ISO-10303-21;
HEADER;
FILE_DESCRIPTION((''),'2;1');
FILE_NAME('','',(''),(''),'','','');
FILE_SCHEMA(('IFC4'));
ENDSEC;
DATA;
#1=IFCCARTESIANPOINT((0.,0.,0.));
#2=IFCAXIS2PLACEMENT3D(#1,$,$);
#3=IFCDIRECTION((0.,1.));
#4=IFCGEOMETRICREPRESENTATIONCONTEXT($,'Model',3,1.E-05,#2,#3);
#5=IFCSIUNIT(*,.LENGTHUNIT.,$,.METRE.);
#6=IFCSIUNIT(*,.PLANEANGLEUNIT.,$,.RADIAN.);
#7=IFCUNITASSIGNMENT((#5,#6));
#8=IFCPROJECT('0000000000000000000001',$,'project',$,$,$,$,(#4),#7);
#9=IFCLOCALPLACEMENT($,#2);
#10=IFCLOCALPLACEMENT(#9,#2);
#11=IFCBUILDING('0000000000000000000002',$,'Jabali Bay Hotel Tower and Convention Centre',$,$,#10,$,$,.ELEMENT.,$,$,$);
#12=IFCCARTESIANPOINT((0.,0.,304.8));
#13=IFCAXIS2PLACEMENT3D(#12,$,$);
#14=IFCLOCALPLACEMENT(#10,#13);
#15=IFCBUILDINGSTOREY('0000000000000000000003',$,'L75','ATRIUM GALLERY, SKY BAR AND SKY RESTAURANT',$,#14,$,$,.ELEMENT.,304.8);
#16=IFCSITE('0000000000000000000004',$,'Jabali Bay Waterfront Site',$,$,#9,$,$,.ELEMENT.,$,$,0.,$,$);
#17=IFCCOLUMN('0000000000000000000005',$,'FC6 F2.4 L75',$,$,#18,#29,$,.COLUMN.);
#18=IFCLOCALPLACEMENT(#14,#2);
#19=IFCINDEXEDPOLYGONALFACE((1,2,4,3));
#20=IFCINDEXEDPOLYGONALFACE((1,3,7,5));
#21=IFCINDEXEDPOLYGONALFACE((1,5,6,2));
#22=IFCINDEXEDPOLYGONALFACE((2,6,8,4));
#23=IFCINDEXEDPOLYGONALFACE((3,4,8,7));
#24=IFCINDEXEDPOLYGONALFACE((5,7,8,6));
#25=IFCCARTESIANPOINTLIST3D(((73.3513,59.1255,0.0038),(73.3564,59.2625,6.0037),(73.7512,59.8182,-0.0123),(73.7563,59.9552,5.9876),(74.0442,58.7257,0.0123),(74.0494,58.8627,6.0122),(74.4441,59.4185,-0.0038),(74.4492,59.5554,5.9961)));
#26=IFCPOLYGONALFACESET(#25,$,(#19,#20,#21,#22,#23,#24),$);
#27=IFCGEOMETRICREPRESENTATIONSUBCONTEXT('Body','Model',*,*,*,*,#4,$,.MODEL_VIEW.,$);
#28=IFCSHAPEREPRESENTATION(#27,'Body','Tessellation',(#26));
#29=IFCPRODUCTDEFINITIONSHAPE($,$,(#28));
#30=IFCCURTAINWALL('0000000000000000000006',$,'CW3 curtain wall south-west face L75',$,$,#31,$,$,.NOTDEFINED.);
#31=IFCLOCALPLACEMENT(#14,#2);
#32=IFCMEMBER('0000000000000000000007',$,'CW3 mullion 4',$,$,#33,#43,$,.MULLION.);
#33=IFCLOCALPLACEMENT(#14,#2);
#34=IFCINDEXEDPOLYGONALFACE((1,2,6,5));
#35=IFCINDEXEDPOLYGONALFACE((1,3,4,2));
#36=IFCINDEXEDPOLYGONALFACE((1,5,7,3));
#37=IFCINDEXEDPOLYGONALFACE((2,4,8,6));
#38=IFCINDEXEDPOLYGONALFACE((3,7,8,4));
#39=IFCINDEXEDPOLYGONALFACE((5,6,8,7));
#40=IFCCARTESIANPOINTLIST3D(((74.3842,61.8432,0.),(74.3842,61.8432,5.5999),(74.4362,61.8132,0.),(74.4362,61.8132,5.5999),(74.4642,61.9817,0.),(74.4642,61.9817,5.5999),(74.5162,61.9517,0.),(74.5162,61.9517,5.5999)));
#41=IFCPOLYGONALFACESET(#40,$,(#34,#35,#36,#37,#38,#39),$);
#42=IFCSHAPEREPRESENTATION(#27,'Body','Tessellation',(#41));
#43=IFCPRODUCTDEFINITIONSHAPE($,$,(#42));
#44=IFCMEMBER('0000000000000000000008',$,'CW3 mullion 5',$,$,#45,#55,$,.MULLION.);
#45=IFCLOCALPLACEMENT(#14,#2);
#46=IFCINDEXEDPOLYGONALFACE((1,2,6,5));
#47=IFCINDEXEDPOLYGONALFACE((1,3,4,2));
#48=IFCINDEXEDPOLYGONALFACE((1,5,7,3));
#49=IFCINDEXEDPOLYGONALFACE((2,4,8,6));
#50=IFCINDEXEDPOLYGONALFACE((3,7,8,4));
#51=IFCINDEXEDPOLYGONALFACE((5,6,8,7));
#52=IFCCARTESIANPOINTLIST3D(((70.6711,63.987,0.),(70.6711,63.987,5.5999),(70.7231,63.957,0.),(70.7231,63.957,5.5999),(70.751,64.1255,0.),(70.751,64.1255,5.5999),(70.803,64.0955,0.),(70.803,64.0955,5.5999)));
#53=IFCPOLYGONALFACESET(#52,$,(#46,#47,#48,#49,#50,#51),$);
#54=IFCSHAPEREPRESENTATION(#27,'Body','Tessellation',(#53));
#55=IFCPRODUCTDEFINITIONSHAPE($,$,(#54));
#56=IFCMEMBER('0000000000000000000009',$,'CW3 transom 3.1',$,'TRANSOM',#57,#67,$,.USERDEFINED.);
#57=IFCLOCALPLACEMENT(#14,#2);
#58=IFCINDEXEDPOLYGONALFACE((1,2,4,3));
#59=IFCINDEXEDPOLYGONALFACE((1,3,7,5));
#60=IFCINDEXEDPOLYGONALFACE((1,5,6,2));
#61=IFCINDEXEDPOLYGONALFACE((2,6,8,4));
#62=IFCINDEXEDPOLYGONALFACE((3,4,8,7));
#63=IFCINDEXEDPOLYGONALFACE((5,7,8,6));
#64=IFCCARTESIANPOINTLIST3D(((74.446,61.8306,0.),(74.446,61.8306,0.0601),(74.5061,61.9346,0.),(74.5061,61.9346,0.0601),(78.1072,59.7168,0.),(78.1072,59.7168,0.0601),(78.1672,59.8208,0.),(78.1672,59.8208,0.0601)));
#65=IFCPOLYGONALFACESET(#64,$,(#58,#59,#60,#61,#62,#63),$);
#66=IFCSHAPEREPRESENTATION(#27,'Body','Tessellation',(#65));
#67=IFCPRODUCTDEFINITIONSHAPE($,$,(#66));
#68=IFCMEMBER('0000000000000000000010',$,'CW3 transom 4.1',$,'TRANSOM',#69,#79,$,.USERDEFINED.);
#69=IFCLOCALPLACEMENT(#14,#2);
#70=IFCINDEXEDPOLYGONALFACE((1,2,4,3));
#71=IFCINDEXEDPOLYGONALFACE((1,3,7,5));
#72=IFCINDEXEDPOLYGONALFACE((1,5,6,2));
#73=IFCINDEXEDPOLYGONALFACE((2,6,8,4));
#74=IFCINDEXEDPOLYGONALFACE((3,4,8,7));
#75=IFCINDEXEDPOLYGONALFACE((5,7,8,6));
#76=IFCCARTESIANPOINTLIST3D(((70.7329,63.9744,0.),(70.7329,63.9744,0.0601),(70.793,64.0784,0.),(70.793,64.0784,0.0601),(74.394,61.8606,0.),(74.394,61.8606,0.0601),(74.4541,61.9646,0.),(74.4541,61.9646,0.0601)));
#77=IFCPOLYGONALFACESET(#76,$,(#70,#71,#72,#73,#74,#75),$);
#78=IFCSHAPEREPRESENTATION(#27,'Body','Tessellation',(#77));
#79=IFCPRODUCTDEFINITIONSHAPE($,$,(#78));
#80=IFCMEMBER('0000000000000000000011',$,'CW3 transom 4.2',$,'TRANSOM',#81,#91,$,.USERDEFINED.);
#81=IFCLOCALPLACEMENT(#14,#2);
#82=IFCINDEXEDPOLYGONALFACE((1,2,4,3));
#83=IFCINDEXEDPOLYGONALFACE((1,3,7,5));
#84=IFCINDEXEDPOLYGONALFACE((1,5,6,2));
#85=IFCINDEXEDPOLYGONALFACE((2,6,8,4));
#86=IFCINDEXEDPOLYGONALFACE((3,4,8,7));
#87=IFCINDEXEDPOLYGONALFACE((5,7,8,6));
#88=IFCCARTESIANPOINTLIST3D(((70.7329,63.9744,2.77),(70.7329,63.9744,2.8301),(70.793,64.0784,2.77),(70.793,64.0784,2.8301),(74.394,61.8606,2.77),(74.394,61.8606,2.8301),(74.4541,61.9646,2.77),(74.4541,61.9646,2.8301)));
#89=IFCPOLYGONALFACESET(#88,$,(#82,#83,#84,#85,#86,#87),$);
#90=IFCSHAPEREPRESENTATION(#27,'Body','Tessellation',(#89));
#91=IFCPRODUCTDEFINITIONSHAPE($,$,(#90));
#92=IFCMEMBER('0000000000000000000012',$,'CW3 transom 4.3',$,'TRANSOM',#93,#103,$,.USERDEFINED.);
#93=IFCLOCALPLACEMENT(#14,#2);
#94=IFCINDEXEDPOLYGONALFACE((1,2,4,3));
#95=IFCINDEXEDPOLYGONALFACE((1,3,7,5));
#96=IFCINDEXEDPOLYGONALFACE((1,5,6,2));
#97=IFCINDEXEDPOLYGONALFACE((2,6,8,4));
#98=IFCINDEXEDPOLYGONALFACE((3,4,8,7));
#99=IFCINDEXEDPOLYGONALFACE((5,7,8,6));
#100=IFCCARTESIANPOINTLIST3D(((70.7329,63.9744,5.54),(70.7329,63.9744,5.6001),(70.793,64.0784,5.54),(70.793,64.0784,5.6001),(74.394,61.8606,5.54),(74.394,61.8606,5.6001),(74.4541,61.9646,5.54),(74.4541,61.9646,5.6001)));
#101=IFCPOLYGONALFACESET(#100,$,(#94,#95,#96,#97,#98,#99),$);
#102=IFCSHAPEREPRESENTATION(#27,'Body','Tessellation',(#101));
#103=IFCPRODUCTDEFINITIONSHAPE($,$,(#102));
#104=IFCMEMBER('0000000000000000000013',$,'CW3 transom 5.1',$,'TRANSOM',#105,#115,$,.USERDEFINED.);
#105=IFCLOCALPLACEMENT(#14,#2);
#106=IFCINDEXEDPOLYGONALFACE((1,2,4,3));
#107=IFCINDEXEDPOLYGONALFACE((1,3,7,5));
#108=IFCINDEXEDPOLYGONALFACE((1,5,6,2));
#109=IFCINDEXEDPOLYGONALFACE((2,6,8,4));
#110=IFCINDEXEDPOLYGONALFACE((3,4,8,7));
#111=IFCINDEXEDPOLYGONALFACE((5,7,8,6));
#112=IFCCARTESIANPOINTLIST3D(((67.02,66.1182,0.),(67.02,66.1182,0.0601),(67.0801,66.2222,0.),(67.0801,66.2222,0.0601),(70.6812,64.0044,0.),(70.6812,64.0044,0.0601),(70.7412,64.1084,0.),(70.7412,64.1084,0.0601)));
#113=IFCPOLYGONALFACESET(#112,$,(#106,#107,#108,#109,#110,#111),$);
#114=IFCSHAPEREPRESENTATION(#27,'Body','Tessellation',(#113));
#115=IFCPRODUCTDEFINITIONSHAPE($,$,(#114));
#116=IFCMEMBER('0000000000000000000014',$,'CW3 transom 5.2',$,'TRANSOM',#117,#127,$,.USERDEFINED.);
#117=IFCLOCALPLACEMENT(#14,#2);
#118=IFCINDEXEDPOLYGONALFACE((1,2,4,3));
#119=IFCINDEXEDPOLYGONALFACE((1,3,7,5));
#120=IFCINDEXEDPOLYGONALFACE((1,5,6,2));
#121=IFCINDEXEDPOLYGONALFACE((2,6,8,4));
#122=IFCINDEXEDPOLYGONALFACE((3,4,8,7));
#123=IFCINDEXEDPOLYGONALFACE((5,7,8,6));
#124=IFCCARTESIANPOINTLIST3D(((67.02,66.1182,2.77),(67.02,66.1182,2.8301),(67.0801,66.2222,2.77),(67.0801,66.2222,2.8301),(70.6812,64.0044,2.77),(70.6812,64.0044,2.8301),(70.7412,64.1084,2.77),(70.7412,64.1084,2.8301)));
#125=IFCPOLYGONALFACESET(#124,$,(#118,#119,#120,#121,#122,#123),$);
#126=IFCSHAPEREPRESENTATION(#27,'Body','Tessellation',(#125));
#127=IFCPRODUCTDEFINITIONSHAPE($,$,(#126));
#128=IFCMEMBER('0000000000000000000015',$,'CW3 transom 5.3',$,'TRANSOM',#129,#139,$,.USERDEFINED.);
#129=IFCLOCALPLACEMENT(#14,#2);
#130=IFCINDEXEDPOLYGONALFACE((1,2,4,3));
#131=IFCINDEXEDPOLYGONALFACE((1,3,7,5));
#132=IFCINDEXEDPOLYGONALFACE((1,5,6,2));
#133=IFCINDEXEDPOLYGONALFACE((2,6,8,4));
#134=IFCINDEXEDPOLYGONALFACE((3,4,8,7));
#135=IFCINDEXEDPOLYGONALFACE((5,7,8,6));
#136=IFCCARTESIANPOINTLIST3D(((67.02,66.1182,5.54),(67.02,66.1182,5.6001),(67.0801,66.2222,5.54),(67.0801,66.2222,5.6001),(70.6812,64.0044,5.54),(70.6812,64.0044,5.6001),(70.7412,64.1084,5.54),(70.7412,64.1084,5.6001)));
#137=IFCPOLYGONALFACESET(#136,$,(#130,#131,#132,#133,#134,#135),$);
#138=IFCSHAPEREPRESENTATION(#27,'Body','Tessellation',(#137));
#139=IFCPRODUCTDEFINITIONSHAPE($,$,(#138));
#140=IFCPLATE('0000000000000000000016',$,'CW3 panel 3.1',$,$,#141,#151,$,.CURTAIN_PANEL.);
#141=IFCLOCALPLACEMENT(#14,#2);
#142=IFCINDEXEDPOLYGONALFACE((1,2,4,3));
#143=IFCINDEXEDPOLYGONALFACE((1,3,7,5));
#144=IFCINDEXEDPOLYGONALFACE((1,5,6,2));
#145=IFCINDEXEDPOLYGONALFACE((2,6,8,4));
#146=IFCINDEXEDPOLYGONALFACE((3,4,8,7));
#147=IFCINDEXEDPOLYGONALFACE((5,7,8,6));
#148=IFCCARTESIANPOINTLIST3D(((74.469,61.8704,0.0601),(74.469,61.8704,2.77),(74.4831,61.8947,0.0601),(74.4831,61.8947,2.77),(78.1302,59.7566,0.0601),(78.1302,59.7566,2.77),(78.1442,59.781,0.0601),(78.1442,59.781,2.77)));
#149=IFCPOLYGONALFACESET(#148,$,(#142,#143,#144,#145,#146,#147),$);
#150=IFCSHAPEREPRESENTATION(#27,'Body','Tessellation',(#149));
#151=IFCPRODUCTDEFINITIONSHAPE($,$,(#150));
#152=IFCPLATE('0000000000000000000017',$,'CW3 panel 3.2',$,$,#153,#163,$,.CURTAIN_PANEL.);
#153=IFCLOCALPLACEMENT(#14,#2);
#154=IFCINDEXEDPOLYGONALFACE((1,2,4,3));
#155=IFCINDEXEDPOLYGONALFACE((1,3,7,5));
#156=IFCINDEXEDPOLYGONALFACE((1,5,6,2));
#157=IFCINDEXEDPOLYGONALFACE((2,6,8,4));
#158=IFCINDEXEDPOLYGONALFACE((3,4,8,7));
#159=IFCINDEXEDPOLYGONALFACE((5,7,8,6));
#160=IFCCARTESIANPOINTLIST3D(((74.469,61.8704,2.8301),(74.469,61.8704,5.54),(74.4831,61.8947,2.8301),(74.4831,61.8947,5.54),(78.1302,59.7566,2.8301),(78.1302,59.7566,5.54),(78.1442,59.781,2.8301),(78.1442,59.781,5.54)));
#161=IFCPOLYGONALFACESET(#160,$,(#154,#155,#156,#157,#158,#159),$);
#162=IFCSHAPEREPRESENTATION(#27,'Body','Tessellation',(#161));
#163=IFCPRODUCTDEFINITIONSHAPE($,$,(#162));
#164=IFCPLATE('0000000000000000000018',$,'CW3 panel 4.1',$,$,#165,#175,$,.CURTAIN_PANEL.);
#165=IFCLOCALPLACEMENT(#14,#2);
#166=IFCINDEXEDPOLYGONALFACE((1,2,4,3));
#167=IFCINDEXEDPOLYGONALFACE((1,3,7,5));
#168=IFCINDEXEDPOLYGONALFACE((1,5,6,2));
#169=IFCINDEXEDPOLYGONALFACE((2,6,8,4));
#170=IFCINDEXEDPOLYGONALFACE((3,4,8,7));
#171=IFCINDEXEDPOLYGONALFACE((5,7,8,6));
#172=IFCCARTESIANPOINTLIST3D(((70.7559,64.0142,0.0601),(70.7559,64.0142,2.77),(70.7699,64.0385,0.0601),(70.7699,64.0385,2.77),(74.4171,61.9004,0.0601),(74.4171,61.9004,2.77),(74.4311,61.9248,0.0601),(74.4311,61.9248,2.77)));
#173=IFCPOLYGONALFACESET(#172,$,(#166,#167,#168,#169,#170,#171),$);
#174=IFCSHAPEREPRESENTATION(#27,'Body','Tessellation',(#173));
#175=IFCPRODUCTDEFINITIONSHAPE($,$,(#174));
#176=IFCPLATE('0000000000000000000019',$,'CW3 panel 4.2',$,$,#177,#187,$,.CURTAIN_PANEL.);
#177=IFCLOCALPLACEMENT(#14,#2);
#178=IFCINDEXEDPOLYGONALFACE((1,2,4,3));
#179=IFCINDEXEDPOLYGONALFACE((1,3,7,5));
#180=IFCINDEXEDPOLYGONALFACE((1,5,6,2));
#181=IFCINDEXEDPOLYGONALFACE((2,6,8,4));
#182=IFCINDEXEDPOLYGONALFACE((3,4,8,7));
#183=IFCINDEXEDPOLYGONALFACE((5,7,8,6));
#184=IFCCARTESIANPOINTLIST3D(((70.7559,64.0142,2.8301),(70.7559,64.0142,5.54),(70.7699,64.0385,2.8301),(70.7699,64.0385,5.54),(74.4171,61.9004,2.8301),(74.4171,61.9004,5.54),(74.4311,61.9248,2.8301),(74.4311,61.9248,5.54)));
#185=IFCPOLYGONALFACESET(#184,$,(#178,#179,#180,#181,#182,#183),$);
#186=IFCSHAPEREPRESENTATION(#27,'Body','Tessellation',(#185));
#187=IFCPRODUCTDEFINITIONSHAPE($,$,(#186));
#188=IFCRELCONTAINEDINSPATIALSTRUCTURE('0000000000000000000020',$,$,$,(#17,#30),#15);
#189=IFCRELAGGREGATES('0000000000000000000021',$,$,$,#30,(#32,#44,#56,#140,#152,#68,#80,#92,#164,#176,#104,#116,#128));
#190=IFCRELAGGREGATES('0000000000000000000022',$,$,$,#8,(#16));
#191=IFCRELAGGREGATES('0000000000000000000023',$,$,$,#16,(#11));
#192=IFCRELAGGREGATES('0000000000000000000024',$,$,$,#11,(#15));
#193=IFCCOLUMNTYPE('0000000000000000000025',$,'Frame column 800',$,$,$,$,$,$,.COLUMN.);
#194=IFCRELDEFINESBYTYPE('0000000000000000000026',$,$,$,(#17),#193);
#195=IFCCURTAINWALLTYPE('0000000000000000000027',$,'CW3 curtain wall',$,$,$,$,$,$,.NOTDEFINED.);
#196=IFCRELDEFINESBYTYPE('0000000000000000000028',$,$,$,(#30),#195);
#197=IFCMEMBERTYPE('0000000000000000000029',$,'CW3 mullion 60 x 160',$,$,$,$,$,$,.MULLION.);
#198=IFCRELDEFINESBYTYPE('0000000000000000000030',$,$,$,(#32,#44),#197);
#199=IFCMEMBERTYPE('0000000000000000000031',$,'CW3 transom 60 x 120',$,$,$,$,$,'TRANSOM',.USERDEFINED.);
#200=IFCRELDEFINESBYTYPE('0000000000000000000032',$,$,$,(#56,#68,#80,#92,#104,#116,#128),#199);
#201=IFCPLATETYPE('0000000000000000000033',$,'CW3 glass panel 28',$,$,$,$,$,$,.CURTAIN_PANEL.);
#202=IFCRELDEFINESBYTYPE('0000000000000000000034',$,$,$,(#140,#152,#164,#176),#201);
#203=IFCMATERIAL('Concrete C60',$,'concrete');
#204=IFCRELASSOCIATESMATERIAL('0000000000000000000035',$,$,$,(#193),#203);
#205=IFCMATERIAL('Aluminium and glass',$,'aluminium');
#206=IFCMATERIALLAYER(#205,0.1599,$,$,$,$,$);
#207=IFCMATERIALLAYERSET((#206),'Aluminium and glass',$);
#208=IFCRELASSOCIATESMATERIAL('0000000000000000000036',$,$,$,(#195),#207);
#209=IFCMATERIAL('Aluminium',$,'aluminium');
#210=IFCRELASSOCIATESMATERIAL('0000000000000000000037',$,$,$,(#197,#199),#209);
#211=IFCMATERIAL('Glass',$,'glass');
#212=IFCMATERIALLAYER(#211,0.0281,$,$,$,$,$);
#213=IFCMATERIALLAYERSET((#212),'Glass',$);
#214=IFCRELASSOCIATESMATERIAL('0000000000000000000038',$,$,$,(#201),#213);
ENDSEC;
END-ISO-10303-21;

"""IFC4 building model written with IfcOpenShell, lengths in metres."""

from ifc_helpers import new_model, si_unit, direction, frame, origin, origin_2d, place, context, subcontext, project, spatial, rectangle, extrude, material, layer, layer_set, material_profile, profile_set, type_object, element, aggregate, save


model = new_model("IFC4")

# Units and contexts
model_context = context("Model", 3, precision=1e-05, world=origin(), true_north=direction((0.0, 1.0)))
body_context = subcontext(model_context, "Body", "Model", "MODEL_VIEW")
ifc_project = project(units=[si_unit("LENGTHUNIT", "METRE"), si_unit("PLANEANGLEUNIT", "RADIAN")], contexts=[model_context])

# Site, building, storey
site_placement = place(None, origin())
site = spatial("IfcSite", under=ifc_project, at=site_placement, Name="Jabali Bay Waterfront Site", CompositionType="ELEMENT", RefElevation=0.0)
building_placement = place(site_placement, origin())
building = spatial("IfcBuilding", under=site, at=building_placement, Name="Jabali Bay Hotel Tower and Convention Centre", CompositionType="ELEMENT")
storey_placement = place(building_placement, frame((0.0, 0.0, 304.8)))
storey = spatial("IfcBuildingStorey", under=building, at=storey_placement, Name="L75", Description="ATRIUM GALLERY, SKY BAR AND SKY RESTAURANT", CompositionType="ELEMENT", Elevation=304.8)

# Column
ifc_material_1 = material(Name="Concrete C60", Category="concrete")
ifc_material_profile_1 = material_profile(ifc_material_1, rectangle(XDim=0.8, YDim=0.8, at=origin_2d()), Name="Frame column 800")
ifc_profile_set_1 = profile_set([ifc_material_profile_1], Name="Concrete C60")
column_type = type_object("IfcColumnType", Name="Frame column 800", PredefinedType="COLUMN", material=ifc_profile_set_1)
column_placement = place(storey_placement, frame((73.8977, 59.272, 0.0), z_axis=(0.000854, 0.022821, 0.999739), x_axis=(-0.499824, -0.865891, 0.020193)))
element("IfcColumn", 1, at=column_placement, inside=storey, type_object=column_type, Name="FC6 F2.4 L75", PredefinedType="COLUMN", context=body_context, shape_type="SweptSolid", body=[
    extrude(rectangle(XDim=0.8, YDim=0.8, at=origin_2d()), origin(), (0.0, 0.0, 1.0), 6.0015),
])

# Curtain wall, members, plates
ifc_material_2 = material(Name="Aluminium and glass", Category="aluminium")
ifc_layer_1 = layer(ifc_material_2, 0.1599)
ifc_layer_set_1 = layer_set([ifc_layer_1], Name="Aluminium and glass")
curtain_wall_type = type_object("IfcCurtainWallType", Name="CW3 curtain wall", PredefinedType="NOTDEFINED", material=ifc_layer_set_1)
curtain_wall_placement = place(storey_placement, origin())
curtain_wall = element("IfcCurtainWall", 2, at=curtain_wall_placement, inside=storey, type_object=curtain_wall_type, Name="CW3 curtain wall south-west face L75", PredefinedType="NOTDEFINED")
ifc_material_3 = material(Name="Aluminium", Category="aluminium")
ifc_material_profile_2 = material_profile(ifc_material_3, rectangle(XDim=0.1599, YDim=0.0601, at=origin_2d()), Name="CW3 mullion 60 x 160")
ifc_profile_set_2 = profile_set([ifc_material_profile_2], Name="Aluminium")
member_type_1 = type_object("IfcMemberType", Name="CW3 mullion 60 x 160", PredefinedType="MULLION", material=ifc_profile_set_2)
member_1_placement = place(storey_placement, frame((74.4502, 61.8975, 0.0), z_axis=(0.0, 0.0, 1.0), x_axis=(-0.5, -0.866025, 0.0)))
member_1 = element("IfcMember", 3, at=member_1_placement, type_object=member_type_1, Name="CW3 mullion 4", PredefinedType="MULLION", context=body_context, shape_type="SweptSolid", body=[
    extrude(rectangle(XDim=0.1599, YDim=0.0601, at=origin_2d()), origin(), (0.0, 0.0, 1.0), 5.5999),
])
member_2_placement = place(storey_placement, frame((70.7371, 64.0413, 0.0), z_axis=(0.0, 0.0, 1.0), x_axis=(-0.5, -0.866025, 0.0)))
member_2 = element("IfcMember", 4, at=member_2_placement, type_object=member_type_1, Name="CW3 mullion 5", PredefinedType="MULLION", context=body_context, shape_type="SweptSolid", body=[
    extrude(rectangle(XDim=0.1599, YDim=0.0601, at=origin_2d()), origin(), (0.0, 0.0, 1.0), 5.5999),
])
ifc_material_profile_3 = material_profile(ifc_material_3, rectangle(XDim=0.1201, YDim=0.0601, at=origin_2d()), Name="CW3 transom 60 x 120")
ifc_profile_set_3 = profile_set([ifc_material_profile_3], Name="Aluminium")
member_type_2 = type_object("IfcMemberType", Name="CW3 transom 60 x 120", ElementType="TRANSOM", PredefinedType="USERDEFINED", material=ifc_profile_set_3)
member_3_placement = place(storey_placement, frame((78.1372, 59.7688, 0.03), z_axis=(-0.866024, 0.500002, 0.0), x_axis=(-0.500002, -0.866024, 0.0)))
member_3 = element("IfcMember", 5, at=member_3_placement, type_object=member_type_2, Name="CW3 transom 3.1", ObjectType="TRANSOM", PredefinedType="USERDEFINED", context=body_context, shape_type="SweptSolid", body=[
    extrude(rectangle(XDim=0.1201, YDim=0.0601, at=origin_2d()), origin(), (0.0, 0.0, 1.0), 4.2275),
])
member_4_placement = place(storey_placement, frame((74.4241, 61.9126, 0.03), z_axis=(-0.866024, 0.500002, 0.0), x_axis=(-0.500002, -0.866024, 0.0)))
member_4 = element("IfcMember", 6, at=member_4_placement, type_object=member_type_2, Name="CW3 transom 4.1", ObjectType="TRANSOM", PredefinedType="USERDEFINED", context=body_context, shape_type="SweptSolid", body=[
    extrude(rectangle(XDim=0.1201, YDim=0.0601, at=origin_2d()), origin(), (0.0, 0.0, 1.0), 4.2275),
])
member_5_placement = place(storey_placement, frame((74.4241, 61.9126, 2.8), z_axis=(-0.866024, 0.500002, 0.0), x_axis=(-0.500002, -0.866024, 0.0)))
member_5 = element("IfcMember", 7, at=member_5_placement, type_object=member_type_2, Name="CW3 transom 4.2", ObjectType="TRANSOM", PredefinedType="USERDEFINED", context=body_context, shape_type="SweptSolid", body=[
    extrude(rectangle(XDim=0.1201, YDim=0.0601, at=origin_2d()), origin(), (0.0, 0.0, 1.0), 4.2275),
])
member_6_placement = place(storey_placement, frame((74.4241, 61.9126, 5.5701), z_axis=(-0.866024, 0.500002, 0.0), x_axis=(-0.500002, -0.866024, 0.0)))
member_6 = element("IfcMember", 8, at=member_6_placement, type_object=member_type_2, Name="CW3 transom 4.3", ObjectType="TRANSOM", PredefinedType="USERDEFINED", context=body_context, shape_type="SweptSolid", body=[
    extrude(rectangle(XDim=0.1201, YDim=0.0601, at=origin_2d()), origin(), (0.0, 0.0, 1.0), 4.2275),
])
member_7_placement = place(storey_placement, frame((70.7112, 64.0564, 0.03), z_axis=(-0.866024, 0.500002, 0.0), x_axis=(-0.500002, -0.866024, 0.0)))
member_7 = element("IfcMember", 9, at=member_7_placement, type_object=member_type_2, Name="CW3 transom 5.1", ObjectType="TRANSOM", PredefinedType="USERDEFINED", context=body_context, shape_type="SweptSolid", body=[
    extrude(rectangle(XDim=0.1201, YDim=0.0601, at=origin_2d()), origin(), (0.0, 0.0, 1.0), 4.2275),
])
member_8_placement = place(storey_placement, frame((70.7112, 64.0564, 2.8), z_axis=(-0.866024, 0.500002, 0.0), x_axis=(-0.500002, -0.866024, 0.0)))
member_8 = element("IfcMember", 10, at=member_8_placement, type_object=member_type_2, Name="CW3 transom 5.2", ObjectType="TRANSOM", PredefinedType="USERDEFINED", context=body_context, shape_type="SweptSolid", body=[
    extrude(rectangle(XDim=0.1201, YDim=0.0601, at=origin_2d()), origin(), (0.0, 0.0, 1.0), 4.2275),
])
member_9_placement = place(storey_placement, frame((70.7112, 64.0564, 5.5701), z_axis=(-0.866024, 0.500002, 0.0), x_axis=(-0.500002, -0.866024, 0.0)))
member_9 = element("IfcMember", 11, at=member_9_placement, type_object=member_type_2, Name="CW3 transom 5.3", ObjectType="TRANSOM", PredefinedType="USERDEFINED", context=body_context, shape_type="SweptSolid", body=[
    extrude(rectangle(XDim=0.1201, YDim=0.0601, at=origin_2d()), origin(), (0.0, 0.0, 1.0), 4.2275),
])
ifc_material_4 = material(Name="Glass", Category="glass")
ifc_layer_2 = layer(ifc_material_4, 0.0281)
ifc_layer_set_2 = layer_set([ifc_layer_2], Name="Glass")
plate_type = type_object("IfcPlateType", Name="CW3 glass panel 28", PredefinedType="CURTAIN_PANEL", material=ifc_layer_set_2)
plate_1_placement = place(storey_placement, frame((76.3066, 60.8257, 0.0601), z_axis=(0.0, 0.0, 1.0), x_axis=(-0.866025, 0.5, 0.0)))
plate_1 = element("IfcPlate", 12, at=plate_1_placement, type_object=plate_type, Name="CW3 panel 3.1", PredefinedType="CURTAIN_PANEL", context=body_context, shape_type="SweptSolid", body=[
    extrude(rectangle(XDim=4.2275, YDim=0.0281, at=origin_2d()), origin(), (0.0, 0.0, 1.0), 2.71),
])
plate_2_placement = place(storey_placement, frame((76.3066, 60.8257, 2.8301), z_axis=(0.0, 0.0, 1.0), x_axis=(-0.866025, 0.5, 0.0)))
plate_2 = element("IfcPlate", 13, at=plate_2_placement, type_object=plate_type, Name="CW3 panel 3.2", PredefinedType="CURTAIN_PANEL", context=body_context, shape_type="SweptSolid", body=[
    extrude(rectangle(XDim=4.2275, YDim=0.0281, at=origin_2d()), origin(), (0.0, 0.0, 1.0), 2.71),
])
plate_3_placement = place(storey_placement, frame((72.5935, 62.9695, 0.0601), z_axis=(0.0, 0.0, 1.0), x_axis=(-0.866025, 0.5, 0.0)))
plate_3 = element("IfcPlate", 14, at=plate_3_placement, type_object=plate_type, Name="CW3 panel 4.1", PredefinedType="CURTAIN_PANEL", context=body_context, shape_type="SweptSolid", body=[
    extrude(rectangle(XDim=4.2275, YDim=0.0281, at=origin_2d()), origin(), (0.0, 0.0, 1.0), 2.71),
])
plate_4_placement = place(storey_placement, frame((72.5935, 62.9695, 2.8301), z_axis=(0.0, 0.0, 1.0), x_axis=(-0.866025, 0.5, 0.0)))
plate_4 = element("IfcPlate", 15, at=plate_4_placement, type_object=plate_type, Name="CW3 panel 4.2", PredefinedType="CURTAIN_PANEL", context=body_context, shape_type="SweptSolid", body=[
    extrude(rectangle(XDim=4.2275, YDim=0.0281, at=origin_2d()), origin(), (0.0, 0.0, 1.0), 2.71),
])
aggregate(curtain_wall, [member_1, member_2, member_3, plate_1, plate_2, member_4, member_5, member_6, plate_3, plate_4, member_7, member_8, member_9])

save(model, "model.ifc")
